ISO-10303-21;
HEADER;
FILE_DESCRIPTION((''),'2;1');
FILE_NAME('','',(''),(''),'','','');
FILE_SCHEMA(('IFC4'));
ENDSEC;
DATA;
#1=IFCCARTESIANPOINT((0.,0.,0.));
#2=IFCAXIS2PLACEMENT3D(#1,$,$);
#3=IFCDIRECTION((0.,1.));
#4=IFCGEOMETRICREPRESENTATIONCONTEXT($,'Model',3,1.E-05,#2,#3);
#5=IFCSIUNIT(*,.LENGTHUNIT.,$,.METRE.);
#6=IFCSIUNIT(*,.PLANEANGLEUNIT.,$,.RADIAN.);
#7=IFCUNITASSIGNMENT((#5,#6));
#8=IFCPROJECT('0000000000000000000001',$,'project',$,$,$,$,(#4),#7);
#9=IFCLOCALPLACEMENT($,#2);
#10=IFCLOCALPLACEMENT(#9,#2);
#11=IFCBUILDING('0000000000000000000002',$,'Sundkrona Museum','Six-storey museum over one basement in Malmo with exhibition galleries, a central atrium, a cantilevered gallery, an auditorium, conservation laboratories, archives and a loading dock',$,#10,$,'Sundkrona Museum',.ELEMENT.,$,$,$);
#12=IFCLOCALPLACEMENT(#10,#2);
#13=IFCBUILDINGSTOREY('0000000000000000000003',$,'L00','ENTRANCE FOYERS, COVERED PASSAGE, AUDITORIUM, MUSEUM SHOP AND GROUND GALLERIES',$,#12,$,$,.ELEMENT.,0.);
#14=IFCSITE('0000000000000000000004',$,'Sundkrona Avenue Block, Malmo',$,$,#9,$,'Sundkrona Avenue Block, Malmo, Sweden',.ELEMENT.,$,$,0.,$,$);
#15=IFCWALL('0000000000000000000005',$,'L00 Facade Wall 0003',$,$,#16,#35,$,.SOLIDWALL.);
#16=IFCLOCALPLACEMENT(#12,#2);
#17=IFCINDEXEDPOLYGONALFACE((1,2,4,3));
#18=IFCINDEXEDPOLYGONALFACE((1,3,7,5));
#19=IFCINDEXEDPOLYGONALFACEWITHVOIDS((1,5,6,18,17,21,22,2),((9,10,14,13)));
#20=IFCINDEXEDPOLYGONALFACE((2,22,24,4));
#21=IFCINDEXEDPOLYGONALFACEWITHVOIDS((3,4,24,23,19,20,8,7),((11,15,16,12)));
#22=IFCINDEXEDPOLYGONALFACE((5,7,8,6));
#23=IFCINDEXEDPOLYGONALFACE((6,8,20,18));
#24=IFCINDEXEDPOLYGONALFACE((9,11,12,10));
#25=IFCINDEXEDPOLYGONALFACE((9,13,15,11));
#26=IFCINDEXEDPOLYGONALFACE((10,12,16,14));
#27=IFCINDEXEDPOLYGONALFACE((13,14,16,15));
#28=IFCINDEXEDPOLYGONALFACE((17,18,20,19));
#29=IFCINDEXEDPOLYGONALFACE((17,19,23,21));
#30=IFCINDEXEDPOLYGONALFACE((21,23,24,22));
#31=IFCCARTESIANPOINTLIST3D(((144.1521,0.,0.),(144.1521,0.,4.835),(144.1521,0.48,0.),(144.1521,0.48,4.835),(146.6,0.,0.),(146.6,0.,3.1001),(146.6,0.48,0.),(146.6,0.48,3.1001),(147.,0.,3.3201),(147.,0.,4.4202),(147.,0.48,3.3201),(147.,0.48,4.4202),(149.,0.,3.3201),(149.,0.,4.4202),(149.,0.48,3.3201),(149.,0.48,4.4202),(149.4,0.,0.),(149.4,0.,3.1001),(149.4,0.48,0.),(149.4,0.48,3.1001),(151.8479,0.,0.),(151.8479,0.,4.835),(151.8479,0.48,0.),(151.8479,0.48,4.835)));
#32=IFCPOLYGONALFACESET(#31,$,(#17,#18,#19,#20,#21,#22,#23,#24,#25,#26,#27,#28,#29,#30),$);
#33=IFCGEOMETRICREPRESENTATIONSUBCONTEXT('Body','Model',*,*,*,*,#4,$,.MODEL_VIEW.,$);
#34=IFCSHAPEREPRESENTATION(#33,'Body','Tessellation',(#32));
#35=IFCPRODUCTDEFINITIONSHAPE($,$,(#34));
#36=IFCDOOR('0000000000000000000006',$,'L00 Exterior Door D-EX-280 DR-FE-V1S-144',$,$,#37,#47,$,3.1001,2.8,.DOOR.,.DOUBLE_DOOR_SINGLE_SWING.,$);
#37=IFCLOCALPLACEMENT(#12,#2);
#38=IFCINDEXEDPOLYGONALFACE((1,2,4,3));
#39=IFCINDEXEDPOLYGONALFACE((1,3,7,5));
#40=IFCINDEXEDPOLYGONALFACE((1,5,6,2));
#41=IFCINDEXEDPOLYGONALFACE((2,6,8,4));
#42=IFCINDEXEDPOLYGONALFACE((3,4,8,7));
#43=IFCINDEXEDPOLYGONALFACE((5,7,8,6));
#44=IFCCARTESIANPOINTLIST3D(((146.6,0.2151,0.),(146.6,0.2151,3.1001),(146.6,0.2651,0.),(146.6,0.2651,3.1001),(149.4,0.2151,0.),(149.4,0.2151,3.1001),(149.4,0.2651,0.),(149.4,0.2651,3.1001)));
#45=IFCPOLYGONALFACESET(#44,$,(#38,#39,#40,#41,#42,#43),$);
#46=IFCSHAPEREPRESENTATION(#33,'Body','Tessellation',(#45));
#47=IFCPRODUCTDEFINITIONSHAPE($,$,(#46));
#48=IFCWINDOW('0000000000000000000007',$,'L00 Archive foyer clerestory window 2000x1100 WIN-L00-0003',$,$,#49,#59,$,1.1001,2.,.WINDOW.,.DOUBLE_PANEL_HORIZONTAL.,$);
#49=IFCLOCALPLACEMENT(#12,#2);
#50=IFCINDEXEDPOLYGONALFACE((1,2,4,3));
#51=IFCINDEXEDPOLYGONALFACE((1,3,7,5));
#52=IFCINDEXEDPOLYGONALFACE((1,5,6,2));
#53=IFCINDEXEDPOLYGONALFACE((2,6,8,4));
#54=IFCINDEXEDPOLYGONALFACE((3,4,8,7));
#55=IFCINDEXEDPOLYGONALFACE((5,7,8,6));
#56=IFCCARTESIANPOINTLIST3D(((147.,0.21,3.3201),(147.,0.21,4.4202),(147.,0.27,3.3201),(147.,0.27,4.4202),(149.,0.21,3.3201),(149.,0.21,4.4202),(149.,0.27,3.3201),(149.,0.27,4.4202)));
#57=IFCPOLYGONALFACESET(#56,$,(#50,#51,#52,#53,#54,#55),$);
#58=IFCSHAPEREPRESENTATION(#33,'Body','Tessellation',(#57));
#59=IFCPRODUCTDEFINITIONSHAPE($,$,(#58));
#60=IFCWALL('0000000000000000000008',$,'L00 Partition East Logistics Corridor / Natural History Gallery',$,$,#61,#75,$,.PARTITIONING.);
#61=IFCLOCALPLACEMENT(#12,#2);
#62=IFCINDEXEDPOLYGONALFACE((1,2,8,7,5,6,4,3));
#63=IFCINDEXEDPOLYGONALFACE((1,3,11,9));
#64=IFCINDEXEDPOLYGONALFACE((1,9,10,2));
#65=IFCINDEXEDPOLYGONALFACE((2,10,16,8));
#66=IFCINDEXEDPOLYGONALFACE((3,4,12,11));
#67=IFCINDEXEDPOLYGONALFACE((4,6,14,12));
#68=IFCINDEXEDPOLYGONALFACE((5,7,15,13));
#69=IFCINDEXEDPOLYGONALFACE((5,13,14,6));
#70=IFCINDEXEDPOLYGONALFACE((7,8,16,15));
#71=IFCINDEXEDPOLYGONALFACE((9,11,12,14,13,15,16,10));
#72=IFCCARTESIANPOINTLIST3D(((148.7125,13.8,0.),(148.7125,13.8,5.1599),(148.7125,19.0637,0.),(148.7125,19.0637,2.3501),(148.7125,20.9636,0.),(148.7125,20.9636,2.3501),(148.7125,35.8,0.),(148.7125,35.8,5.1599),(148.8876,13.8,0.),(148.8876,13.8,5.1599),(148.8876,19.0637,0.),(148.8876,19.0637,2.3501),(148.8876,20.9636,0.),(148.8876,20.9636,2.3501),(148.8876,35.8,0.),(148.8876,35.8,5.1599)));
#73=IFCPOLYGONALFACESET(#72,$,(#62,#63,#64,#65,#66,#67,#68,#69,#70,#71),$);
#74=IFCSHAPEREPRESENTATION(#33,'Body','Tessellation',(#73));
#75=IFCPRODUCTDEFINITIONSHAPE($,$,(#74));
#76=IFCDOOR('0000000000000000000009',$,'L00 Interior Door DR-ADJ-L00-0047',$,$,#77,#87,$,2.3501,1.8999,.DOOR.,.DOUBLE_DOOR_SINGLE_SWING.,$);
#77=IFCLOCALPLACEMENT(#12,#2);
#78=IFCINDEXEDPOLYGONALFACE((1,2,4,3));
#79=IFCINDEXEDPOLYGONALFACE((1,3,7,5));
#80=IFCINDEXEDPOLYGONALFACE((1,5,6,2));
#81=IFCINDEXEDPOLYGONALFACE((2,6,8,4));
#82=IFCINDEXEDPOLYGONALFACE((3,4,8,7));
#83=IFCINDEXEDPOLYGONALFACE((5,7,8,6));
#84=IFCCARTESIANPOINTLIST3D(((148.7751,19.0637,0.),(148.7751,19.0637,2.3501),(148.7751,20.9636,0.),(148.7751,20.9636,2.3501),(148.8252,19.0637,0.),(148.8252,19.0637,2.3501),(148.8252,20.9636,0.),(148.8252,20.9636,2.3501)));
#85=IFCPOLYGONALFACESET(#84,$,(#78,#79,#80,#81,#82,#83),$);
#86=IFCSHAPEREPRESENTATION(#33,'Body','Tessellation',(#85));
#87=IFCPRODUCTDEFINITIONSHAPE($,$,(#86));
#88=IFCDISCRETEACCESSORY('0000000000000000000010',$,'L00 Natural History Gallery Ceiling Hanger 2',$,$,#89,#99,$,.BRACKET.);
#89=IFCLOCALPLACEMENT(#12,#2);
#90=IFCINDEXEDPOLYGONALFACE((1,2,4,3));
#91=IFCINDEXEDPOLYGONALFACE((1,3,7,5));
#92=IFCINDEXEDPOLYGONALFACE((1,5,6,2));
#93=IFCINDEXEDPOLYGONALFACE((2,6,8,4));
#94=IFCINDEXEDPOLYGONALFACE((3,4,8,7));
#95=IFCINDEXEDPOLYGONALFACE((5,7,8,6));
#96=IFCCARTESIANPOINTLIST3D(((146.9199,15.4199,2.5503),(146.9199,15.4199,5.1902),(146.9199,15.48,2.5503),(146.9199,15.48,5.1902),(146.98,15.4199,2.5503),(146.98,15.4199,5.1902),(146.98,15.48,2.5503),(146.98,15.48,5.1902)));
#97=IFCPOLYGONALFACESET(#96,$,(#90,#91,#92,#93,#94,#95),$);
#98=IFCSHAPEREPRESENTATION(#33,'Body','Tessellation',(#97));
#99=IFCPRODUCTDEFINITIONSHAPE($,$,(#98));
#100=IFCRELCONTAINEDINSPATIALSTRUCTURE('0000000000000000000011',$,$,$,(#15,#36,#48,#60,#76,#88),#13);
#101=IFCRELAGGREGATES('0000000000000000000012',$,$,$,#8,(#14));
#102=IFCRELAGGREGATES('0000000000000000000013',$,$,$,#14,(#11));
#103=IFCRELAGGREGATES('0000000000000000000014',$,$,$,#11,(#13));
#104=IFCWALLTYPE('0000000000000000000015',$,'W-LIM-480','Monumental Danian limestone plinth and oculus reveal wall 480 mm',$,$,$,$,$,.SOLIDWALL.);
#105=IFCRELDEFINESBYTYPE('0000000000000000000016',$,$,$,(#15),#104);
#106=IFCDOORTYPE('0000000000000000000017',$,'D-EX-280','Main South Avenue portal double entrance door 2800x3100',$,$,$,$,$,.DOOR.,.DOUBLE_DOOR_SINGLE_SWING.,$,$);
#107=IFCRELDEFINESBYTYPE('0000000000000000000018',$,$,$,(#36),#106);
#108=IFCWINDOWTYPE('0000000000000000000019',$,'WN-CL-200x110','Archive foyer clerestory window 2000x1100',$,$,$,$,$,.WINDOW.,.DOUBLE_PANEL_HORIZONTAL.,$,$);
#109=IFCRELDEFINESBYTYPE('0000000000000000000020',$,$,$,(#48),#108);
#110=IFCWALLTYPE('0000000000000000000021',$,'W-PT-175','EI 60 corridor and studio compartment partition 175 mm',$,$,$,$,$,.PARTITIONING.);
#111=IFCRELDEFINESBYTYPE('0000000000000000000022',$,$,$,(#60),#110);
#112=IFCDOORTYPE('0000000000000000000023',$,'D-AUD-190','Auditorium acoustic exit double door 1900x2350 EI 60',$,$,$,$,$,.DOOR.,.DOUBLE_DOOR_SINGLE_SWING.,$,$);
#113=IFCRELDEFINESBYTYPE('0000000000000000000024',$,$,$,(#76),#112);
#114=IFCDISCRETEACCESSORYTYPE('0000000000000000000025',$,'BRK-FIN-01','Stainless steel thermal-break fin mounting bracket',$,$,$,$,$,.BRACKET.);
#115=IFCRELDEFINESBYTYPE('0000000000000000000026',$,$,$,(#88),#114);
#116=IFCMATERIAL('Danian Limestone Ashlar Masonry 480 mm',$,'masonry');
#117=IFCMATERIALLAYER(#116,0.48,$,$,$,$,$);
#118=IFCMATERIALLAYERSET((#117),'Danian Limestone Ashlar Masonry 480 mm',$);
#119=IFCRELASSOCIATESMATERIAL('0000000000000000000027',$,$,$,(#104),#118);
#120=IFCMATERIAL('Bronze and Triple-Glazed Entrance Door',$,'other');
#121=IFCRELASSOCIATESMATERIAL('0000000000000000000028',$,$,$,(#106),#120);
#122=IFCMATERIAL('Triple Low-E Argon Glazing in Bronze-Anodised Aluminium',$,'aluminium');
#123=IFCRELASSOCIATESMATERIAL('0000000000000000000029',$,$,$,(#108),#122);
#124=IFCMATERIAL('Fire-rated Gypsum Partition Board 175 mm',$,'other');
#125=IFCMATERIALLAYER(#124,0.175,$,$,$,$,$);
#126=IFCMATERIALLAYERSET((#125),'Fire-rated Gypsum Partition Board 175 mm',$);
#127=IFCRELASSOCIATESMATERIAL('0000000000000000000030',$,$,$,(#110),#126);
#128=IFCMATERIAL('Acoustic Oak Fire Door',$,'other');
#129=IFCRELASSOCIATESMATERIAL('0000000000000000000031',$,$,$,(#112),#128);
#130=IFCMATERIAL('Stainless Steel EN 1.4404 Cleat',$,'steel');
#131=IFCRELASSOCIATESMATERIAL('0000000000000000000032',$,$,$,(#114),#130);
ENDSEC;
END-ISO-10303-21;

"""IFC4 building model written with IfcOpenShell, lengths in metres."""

from ifc_helpers import new_model, si_unit, direction, frame, frame_2d, origin, origin_2d, place, context, subcontext, project, spatial, rectangle, extrude, material, layer, layer_set, type_object, element, fill, save


model = new_model("IFC4")

# Units and contexts
model_context = context("Model", 3, precision=1e-05, world=origin(), true_north=direction((0.0, 1.0)))
body_context = subcontext(model_context, "Body", "Model", "MODEL_VIEW")
ifc_project = project(units=[si_unit("LENGTHUNIT", "METRE"), si_unit("PLANEANGLEUNIT", "RADIAN")], contexts=[model_context])

# Site, building, storey
site_placement = place(None, origin())
site = spatial("IfcSite", under=ifc_project, at=site_placement, Name="Sundkrona Avenue Block, Malmo", LongName="Sundkrona Avenue Block, Malmo, Sweden", CompositionType="ELEMENT", RefElevation=0.0)
building_placement = place(site_placement, origin())
building = spatial("IfcBuilding", under=site, at=building_placement, Name="Sundkrona Museum", Description="Six-storey museum over one basement in Malmo with exhibition galleries, a central atrium, a cantilevered gallery, an auditorium, conservation laboratories, archives and a loading dock", LongName="Sundkrona Museum", CompositionType="ELEMENT")
storey_placement = place(building_placement, origin())
storey = spatial("IfcBuildingStorey", under=building, at=storey_placement, Name="L00", Description="ENTRANCE FOYERS, COVERED PASSAGE, AUDITORIUM, MUSEUM SHOP AND GROUND GALLERIES", CompositionType="ELEMENT", Elevation=0.0)

# Wall, openings, door, window
ifc_material_1 = material(Name="Danian Limestone Ashlar Masonry 480 mm", Category="masonry")
ifc_layer_1 = layer(ifc_material_1, 0.48)
ifc_layer_set_1 = layer_set([ifc_layer_1], Name="Danian Limestone Ashlar Masonry 480 mm")
wall_type_1 = type_object("IfcWallType", Name="W-LIM-480", Description="Monumental Danian limestone plinth and oculus reveal wall 480 mm", PredefinedType="SOLIDWALL", material=ifc_layer_set_1)
ifc_material_2 = material(Name="Bronze and Triple-Glazed Entrance Door", Category="other")
door_type_1 = type_object("IfcDoorType", Name="D-EX-280", Description="Main South Avenue portal double entrance door 2800x3100", OperationType="DOUBLE_DOOR_SINGLE_SWING", PredefinedType="DOOR", material=ifc_material_2)
ifc_material_3 = material(Name="Triple Low-E Argon Glazing in Bronze-Anodised Aluminium", Category="aluminium")
window_type = type_object("IfcWindowType", Name="WN-CL-200x110", Description="Archive foyer clerestory window 2000x1100", PartitioningType="DOUBLE_PANEL_HORIZONTAL", PredefinedType="WINDOW", material=ifc_material_3)
wall_1_placement = place(storey_placement, frame((151.8479, 0.24, 0.0), z_axis=(0.0, 0.0, 1.0), x_axis=(-1.0, 0.0, 0.0)))
wall_1 = element("IfcWall", 1, at=wall_1_placement, inside=storey, type_object=wall_type_1, Name="L00 Facade Wall 0003", PredefinedType="SOLIDWALL", context=body_context, shape_type="SweptSolid", body=[
    extrude(rectangle(XDim=7.6958, YDim=0.48, at=frame_2d((3.8479, 0.0))), origin(), (0.0, 0.0, 1.0), 4.835),
])
opening_1_placement = place(wall_1_placement, frame((2.448, 0.0, 0.0)))
opening_1 = element("IfcOpeningElement", 2, at=opening_1_placement, cuts=wall_1, PredefinedType="OPENING", context=body_context, shape_type="SweptSolid", body=[
    extrude(rectangle(XDim=2.8, YDim=3.1001, at=frame_2d((1.3999, 1.55))), frame((0.0, 0.25, 0.0), z_axis=(0.0, -1.0, 0.0), x_axis=(1.0, 0.0, 0.0)), (0.0, 0.0, 1.0), 0.5),
])
opening_2_placement = place(wall_1_placement, frame((2.8479, 0.0, 3.3201)))
opening_2 = element("IfcOpeningElement", 3, at=opening_2_placement, cuts=wall_1, PredefinedType="OPENING", context=body_context, shape_type="SweptSolid", body=[
    extrude(rectangle(XDim=2.0, YDim=1.1001, at=frame_2d((1.0, 0.55))), frame((0.0, 0.25, 0.0), z_axis=(0.0, -1.0, 0.0), x_axis=(1.0, 0.0, 0.0)), (0.0, 0.0, 1.0), 0.5),
])
door_1_placement = place(opening_1_placement, origin())
door_1 = element("IfcDoor", 4, at=door_1_placement, inside=storey, type_object=door_type_1, Name="L00 Exterior Door D-EX-280 DR-FE-V1S-144", OperationType="DOUBLE_DOOR_SINGLE_SWING", OverallHeight=3.1001, OverallWidth=2.8, PredefinedType="DOOR", context=body_context, shape_type="SweptSolid", body=[
    extrude(rectangle(XDim=2.8, YDim=3.1001, at=frame_2d((1.3999, 1.55))), frame((0.0, 0.0249, 0.0), z_axis=(0.0, -1.0, 0.0), x_axis=(1.0, 0.0, 0.0)), (0.0, 0.0, 1.0), 0.05),
])
fill(opening_1, door_1)
window_1_placement = place(opening_2_placement, origin())
window_1 = element("IfcWindow", 5, at=window_1_placement, inside=storey, type_object=window_type, Name="L00 Archive foyer clerestory window 2000x1100 WIN-L00-0003", OverallHeight=1.1001, OverallWidth=2.0, PartitioningType="DOUBLE_PANEL_HORIZONTAL", PredefinedType="WINDOW", context=body_context, shape_type="SweptSolid", body=[
    extrude(rectangle(XDim=2.0, YDim=1.1001, at=frame_2d((1.0, 0.55))), frame((0.0, 0.03, 0.0), z_axis=(0.0, -1.0, 0.0), x_axis=(1.0, 0.0, 0.0)), (0.0, 0.0, 1.0), 0.0601),
])
fill(opening_2, window_1)

# Wall, opening, door
ifc_material_4 = material(Name="Fire-rated Gypsum Partition Board 175 mm", Category="other")
ifc_layer_2 = layer(ifc_material_4, 0.175)
ifc_layer_set_2 = layer_set([ifc_layer_2], Name="Fire-rated Gypsum Partition Board 175 mm")
wall_type_2 = type_object("IfcWallType", Name="W-PT-175", Description="EI 60 corridor and studio compartment partition 175 mm", PredefinedType="PARTITIONING", material=ifc_layer_set_2)
wall_2_placement = place(storey_placement, frame((148.8, 13.8, 0.0), z_axis=(0.0, 0.0, 1.0), x_axis=(0.0, 1.0, 0.0)))
wall_2 = element("IfcWall", 6, at=wall_2_placement, inside=storey, type_object=wall_type_2, Name="L00 Partition East Logistics Corridor / Natural History Gallery", PredefinedType="PARTITIONING", context=body_context, shape_type="SweptSolid", body=[
    extrude(rectangle(XDim=22.0, YDim=0.175, at=frame_2d((11.0, 0.0))), origin(), (0.0, 0.0, 1.0), 5.1599),
])
opening_3_placement = place(wall_2_placement, frame((5.2637, 0.0, 0.0)))
opening_3 = element("IfcOpeningElement", 7, at=opening_3_placement, cuts=wall_2, PredefinedType="OPENING", context=body_context, shape_type="SweptSolid", body=[
    extrude(rectangle(XDim=1.8999, YDim=2.3501, at=frame_2d((0.95, 1.175))), frame((0.0, 0.0974, 0.0), z_axis=(0.0, -1.0, 0.0), x_axis=(1.0, 0.0, 0.0)), (0.0, 0.0, 1.0), 0.1951),
])
ifc_material_5 = material(Name="Acoustic Oak Fire Door", Category="other")
door_type_2 = type_object("IfcDoorType", Name="D-AUD-190", Description="Auditorium acoustic exit double door 1900x2350 EI 60", OperationType="DOUBLE_DOOR_SINGLE_SWING", PredefinedType="DOOR", material=ifc_material_5)
door_2_placement = place(opening_3_placement, origin())
door_2 = element("IfcDoor", 8, at=door_2_placement, inside=storey, type_object=door_type_2, Name="L00 Interior Door DR-ADJ-L00-0047", OperationType="DOUBLE_DOOR_SINGLE_SWING", OverallHeight=2.3501, OverallWidth=1.8999, PredefinedType="DOOR", context=body_context, shape_type="SweptSolid", body=[
    extrude(rectangle(XDim=1.8999, YDim=2.3501, at=frame_2d((0.95, 1.175))), frame((0.0, 0.0249, 0.0), z_axis=(0.0, -1.0, 0.0), x_axis=(1.0, 0.0, 0.0)), (0.0, 0.0, 1.0), 0.05),
])
fill(opening_3, door_2)

# Discrete accessory
ifc_material_6 = material(Name="Stainless Steel EN 1.4404 Cleat", Category="steel")
discrete_accessory_type = type_object("IfcDiscreteAccessoryType", Name="BRK-FIN-01", Description="Stainless steel thermal-break fin mounting bracket", PredefinedType="BRACKET", material=ifc_material_6)
discrete_accessory_placement = place(storey_placement, frame((146.95, 15.45, 2.5503), z_axis=(0.0, 0.0, 1.0), x_axis=(1.0, 0.0, 0.0)))
element("IfcDiscreteAccessory", 9, at=discrete_accessory_placement, inside=storey, type_object=discrete_accessory_type, Name="L00 Natural History Gallery Ceiling Hanger 2", PredefinedType="BRACKET", context=body_context, shape_type="SweptSolid", body=[
    extrude(rectangle(XDim=0.0601, YDim=0.0601, at=origin_2d()), origin(), (0.0, 0.0, 1.0), 2.6399),
])

save(model, "model.ifc")
